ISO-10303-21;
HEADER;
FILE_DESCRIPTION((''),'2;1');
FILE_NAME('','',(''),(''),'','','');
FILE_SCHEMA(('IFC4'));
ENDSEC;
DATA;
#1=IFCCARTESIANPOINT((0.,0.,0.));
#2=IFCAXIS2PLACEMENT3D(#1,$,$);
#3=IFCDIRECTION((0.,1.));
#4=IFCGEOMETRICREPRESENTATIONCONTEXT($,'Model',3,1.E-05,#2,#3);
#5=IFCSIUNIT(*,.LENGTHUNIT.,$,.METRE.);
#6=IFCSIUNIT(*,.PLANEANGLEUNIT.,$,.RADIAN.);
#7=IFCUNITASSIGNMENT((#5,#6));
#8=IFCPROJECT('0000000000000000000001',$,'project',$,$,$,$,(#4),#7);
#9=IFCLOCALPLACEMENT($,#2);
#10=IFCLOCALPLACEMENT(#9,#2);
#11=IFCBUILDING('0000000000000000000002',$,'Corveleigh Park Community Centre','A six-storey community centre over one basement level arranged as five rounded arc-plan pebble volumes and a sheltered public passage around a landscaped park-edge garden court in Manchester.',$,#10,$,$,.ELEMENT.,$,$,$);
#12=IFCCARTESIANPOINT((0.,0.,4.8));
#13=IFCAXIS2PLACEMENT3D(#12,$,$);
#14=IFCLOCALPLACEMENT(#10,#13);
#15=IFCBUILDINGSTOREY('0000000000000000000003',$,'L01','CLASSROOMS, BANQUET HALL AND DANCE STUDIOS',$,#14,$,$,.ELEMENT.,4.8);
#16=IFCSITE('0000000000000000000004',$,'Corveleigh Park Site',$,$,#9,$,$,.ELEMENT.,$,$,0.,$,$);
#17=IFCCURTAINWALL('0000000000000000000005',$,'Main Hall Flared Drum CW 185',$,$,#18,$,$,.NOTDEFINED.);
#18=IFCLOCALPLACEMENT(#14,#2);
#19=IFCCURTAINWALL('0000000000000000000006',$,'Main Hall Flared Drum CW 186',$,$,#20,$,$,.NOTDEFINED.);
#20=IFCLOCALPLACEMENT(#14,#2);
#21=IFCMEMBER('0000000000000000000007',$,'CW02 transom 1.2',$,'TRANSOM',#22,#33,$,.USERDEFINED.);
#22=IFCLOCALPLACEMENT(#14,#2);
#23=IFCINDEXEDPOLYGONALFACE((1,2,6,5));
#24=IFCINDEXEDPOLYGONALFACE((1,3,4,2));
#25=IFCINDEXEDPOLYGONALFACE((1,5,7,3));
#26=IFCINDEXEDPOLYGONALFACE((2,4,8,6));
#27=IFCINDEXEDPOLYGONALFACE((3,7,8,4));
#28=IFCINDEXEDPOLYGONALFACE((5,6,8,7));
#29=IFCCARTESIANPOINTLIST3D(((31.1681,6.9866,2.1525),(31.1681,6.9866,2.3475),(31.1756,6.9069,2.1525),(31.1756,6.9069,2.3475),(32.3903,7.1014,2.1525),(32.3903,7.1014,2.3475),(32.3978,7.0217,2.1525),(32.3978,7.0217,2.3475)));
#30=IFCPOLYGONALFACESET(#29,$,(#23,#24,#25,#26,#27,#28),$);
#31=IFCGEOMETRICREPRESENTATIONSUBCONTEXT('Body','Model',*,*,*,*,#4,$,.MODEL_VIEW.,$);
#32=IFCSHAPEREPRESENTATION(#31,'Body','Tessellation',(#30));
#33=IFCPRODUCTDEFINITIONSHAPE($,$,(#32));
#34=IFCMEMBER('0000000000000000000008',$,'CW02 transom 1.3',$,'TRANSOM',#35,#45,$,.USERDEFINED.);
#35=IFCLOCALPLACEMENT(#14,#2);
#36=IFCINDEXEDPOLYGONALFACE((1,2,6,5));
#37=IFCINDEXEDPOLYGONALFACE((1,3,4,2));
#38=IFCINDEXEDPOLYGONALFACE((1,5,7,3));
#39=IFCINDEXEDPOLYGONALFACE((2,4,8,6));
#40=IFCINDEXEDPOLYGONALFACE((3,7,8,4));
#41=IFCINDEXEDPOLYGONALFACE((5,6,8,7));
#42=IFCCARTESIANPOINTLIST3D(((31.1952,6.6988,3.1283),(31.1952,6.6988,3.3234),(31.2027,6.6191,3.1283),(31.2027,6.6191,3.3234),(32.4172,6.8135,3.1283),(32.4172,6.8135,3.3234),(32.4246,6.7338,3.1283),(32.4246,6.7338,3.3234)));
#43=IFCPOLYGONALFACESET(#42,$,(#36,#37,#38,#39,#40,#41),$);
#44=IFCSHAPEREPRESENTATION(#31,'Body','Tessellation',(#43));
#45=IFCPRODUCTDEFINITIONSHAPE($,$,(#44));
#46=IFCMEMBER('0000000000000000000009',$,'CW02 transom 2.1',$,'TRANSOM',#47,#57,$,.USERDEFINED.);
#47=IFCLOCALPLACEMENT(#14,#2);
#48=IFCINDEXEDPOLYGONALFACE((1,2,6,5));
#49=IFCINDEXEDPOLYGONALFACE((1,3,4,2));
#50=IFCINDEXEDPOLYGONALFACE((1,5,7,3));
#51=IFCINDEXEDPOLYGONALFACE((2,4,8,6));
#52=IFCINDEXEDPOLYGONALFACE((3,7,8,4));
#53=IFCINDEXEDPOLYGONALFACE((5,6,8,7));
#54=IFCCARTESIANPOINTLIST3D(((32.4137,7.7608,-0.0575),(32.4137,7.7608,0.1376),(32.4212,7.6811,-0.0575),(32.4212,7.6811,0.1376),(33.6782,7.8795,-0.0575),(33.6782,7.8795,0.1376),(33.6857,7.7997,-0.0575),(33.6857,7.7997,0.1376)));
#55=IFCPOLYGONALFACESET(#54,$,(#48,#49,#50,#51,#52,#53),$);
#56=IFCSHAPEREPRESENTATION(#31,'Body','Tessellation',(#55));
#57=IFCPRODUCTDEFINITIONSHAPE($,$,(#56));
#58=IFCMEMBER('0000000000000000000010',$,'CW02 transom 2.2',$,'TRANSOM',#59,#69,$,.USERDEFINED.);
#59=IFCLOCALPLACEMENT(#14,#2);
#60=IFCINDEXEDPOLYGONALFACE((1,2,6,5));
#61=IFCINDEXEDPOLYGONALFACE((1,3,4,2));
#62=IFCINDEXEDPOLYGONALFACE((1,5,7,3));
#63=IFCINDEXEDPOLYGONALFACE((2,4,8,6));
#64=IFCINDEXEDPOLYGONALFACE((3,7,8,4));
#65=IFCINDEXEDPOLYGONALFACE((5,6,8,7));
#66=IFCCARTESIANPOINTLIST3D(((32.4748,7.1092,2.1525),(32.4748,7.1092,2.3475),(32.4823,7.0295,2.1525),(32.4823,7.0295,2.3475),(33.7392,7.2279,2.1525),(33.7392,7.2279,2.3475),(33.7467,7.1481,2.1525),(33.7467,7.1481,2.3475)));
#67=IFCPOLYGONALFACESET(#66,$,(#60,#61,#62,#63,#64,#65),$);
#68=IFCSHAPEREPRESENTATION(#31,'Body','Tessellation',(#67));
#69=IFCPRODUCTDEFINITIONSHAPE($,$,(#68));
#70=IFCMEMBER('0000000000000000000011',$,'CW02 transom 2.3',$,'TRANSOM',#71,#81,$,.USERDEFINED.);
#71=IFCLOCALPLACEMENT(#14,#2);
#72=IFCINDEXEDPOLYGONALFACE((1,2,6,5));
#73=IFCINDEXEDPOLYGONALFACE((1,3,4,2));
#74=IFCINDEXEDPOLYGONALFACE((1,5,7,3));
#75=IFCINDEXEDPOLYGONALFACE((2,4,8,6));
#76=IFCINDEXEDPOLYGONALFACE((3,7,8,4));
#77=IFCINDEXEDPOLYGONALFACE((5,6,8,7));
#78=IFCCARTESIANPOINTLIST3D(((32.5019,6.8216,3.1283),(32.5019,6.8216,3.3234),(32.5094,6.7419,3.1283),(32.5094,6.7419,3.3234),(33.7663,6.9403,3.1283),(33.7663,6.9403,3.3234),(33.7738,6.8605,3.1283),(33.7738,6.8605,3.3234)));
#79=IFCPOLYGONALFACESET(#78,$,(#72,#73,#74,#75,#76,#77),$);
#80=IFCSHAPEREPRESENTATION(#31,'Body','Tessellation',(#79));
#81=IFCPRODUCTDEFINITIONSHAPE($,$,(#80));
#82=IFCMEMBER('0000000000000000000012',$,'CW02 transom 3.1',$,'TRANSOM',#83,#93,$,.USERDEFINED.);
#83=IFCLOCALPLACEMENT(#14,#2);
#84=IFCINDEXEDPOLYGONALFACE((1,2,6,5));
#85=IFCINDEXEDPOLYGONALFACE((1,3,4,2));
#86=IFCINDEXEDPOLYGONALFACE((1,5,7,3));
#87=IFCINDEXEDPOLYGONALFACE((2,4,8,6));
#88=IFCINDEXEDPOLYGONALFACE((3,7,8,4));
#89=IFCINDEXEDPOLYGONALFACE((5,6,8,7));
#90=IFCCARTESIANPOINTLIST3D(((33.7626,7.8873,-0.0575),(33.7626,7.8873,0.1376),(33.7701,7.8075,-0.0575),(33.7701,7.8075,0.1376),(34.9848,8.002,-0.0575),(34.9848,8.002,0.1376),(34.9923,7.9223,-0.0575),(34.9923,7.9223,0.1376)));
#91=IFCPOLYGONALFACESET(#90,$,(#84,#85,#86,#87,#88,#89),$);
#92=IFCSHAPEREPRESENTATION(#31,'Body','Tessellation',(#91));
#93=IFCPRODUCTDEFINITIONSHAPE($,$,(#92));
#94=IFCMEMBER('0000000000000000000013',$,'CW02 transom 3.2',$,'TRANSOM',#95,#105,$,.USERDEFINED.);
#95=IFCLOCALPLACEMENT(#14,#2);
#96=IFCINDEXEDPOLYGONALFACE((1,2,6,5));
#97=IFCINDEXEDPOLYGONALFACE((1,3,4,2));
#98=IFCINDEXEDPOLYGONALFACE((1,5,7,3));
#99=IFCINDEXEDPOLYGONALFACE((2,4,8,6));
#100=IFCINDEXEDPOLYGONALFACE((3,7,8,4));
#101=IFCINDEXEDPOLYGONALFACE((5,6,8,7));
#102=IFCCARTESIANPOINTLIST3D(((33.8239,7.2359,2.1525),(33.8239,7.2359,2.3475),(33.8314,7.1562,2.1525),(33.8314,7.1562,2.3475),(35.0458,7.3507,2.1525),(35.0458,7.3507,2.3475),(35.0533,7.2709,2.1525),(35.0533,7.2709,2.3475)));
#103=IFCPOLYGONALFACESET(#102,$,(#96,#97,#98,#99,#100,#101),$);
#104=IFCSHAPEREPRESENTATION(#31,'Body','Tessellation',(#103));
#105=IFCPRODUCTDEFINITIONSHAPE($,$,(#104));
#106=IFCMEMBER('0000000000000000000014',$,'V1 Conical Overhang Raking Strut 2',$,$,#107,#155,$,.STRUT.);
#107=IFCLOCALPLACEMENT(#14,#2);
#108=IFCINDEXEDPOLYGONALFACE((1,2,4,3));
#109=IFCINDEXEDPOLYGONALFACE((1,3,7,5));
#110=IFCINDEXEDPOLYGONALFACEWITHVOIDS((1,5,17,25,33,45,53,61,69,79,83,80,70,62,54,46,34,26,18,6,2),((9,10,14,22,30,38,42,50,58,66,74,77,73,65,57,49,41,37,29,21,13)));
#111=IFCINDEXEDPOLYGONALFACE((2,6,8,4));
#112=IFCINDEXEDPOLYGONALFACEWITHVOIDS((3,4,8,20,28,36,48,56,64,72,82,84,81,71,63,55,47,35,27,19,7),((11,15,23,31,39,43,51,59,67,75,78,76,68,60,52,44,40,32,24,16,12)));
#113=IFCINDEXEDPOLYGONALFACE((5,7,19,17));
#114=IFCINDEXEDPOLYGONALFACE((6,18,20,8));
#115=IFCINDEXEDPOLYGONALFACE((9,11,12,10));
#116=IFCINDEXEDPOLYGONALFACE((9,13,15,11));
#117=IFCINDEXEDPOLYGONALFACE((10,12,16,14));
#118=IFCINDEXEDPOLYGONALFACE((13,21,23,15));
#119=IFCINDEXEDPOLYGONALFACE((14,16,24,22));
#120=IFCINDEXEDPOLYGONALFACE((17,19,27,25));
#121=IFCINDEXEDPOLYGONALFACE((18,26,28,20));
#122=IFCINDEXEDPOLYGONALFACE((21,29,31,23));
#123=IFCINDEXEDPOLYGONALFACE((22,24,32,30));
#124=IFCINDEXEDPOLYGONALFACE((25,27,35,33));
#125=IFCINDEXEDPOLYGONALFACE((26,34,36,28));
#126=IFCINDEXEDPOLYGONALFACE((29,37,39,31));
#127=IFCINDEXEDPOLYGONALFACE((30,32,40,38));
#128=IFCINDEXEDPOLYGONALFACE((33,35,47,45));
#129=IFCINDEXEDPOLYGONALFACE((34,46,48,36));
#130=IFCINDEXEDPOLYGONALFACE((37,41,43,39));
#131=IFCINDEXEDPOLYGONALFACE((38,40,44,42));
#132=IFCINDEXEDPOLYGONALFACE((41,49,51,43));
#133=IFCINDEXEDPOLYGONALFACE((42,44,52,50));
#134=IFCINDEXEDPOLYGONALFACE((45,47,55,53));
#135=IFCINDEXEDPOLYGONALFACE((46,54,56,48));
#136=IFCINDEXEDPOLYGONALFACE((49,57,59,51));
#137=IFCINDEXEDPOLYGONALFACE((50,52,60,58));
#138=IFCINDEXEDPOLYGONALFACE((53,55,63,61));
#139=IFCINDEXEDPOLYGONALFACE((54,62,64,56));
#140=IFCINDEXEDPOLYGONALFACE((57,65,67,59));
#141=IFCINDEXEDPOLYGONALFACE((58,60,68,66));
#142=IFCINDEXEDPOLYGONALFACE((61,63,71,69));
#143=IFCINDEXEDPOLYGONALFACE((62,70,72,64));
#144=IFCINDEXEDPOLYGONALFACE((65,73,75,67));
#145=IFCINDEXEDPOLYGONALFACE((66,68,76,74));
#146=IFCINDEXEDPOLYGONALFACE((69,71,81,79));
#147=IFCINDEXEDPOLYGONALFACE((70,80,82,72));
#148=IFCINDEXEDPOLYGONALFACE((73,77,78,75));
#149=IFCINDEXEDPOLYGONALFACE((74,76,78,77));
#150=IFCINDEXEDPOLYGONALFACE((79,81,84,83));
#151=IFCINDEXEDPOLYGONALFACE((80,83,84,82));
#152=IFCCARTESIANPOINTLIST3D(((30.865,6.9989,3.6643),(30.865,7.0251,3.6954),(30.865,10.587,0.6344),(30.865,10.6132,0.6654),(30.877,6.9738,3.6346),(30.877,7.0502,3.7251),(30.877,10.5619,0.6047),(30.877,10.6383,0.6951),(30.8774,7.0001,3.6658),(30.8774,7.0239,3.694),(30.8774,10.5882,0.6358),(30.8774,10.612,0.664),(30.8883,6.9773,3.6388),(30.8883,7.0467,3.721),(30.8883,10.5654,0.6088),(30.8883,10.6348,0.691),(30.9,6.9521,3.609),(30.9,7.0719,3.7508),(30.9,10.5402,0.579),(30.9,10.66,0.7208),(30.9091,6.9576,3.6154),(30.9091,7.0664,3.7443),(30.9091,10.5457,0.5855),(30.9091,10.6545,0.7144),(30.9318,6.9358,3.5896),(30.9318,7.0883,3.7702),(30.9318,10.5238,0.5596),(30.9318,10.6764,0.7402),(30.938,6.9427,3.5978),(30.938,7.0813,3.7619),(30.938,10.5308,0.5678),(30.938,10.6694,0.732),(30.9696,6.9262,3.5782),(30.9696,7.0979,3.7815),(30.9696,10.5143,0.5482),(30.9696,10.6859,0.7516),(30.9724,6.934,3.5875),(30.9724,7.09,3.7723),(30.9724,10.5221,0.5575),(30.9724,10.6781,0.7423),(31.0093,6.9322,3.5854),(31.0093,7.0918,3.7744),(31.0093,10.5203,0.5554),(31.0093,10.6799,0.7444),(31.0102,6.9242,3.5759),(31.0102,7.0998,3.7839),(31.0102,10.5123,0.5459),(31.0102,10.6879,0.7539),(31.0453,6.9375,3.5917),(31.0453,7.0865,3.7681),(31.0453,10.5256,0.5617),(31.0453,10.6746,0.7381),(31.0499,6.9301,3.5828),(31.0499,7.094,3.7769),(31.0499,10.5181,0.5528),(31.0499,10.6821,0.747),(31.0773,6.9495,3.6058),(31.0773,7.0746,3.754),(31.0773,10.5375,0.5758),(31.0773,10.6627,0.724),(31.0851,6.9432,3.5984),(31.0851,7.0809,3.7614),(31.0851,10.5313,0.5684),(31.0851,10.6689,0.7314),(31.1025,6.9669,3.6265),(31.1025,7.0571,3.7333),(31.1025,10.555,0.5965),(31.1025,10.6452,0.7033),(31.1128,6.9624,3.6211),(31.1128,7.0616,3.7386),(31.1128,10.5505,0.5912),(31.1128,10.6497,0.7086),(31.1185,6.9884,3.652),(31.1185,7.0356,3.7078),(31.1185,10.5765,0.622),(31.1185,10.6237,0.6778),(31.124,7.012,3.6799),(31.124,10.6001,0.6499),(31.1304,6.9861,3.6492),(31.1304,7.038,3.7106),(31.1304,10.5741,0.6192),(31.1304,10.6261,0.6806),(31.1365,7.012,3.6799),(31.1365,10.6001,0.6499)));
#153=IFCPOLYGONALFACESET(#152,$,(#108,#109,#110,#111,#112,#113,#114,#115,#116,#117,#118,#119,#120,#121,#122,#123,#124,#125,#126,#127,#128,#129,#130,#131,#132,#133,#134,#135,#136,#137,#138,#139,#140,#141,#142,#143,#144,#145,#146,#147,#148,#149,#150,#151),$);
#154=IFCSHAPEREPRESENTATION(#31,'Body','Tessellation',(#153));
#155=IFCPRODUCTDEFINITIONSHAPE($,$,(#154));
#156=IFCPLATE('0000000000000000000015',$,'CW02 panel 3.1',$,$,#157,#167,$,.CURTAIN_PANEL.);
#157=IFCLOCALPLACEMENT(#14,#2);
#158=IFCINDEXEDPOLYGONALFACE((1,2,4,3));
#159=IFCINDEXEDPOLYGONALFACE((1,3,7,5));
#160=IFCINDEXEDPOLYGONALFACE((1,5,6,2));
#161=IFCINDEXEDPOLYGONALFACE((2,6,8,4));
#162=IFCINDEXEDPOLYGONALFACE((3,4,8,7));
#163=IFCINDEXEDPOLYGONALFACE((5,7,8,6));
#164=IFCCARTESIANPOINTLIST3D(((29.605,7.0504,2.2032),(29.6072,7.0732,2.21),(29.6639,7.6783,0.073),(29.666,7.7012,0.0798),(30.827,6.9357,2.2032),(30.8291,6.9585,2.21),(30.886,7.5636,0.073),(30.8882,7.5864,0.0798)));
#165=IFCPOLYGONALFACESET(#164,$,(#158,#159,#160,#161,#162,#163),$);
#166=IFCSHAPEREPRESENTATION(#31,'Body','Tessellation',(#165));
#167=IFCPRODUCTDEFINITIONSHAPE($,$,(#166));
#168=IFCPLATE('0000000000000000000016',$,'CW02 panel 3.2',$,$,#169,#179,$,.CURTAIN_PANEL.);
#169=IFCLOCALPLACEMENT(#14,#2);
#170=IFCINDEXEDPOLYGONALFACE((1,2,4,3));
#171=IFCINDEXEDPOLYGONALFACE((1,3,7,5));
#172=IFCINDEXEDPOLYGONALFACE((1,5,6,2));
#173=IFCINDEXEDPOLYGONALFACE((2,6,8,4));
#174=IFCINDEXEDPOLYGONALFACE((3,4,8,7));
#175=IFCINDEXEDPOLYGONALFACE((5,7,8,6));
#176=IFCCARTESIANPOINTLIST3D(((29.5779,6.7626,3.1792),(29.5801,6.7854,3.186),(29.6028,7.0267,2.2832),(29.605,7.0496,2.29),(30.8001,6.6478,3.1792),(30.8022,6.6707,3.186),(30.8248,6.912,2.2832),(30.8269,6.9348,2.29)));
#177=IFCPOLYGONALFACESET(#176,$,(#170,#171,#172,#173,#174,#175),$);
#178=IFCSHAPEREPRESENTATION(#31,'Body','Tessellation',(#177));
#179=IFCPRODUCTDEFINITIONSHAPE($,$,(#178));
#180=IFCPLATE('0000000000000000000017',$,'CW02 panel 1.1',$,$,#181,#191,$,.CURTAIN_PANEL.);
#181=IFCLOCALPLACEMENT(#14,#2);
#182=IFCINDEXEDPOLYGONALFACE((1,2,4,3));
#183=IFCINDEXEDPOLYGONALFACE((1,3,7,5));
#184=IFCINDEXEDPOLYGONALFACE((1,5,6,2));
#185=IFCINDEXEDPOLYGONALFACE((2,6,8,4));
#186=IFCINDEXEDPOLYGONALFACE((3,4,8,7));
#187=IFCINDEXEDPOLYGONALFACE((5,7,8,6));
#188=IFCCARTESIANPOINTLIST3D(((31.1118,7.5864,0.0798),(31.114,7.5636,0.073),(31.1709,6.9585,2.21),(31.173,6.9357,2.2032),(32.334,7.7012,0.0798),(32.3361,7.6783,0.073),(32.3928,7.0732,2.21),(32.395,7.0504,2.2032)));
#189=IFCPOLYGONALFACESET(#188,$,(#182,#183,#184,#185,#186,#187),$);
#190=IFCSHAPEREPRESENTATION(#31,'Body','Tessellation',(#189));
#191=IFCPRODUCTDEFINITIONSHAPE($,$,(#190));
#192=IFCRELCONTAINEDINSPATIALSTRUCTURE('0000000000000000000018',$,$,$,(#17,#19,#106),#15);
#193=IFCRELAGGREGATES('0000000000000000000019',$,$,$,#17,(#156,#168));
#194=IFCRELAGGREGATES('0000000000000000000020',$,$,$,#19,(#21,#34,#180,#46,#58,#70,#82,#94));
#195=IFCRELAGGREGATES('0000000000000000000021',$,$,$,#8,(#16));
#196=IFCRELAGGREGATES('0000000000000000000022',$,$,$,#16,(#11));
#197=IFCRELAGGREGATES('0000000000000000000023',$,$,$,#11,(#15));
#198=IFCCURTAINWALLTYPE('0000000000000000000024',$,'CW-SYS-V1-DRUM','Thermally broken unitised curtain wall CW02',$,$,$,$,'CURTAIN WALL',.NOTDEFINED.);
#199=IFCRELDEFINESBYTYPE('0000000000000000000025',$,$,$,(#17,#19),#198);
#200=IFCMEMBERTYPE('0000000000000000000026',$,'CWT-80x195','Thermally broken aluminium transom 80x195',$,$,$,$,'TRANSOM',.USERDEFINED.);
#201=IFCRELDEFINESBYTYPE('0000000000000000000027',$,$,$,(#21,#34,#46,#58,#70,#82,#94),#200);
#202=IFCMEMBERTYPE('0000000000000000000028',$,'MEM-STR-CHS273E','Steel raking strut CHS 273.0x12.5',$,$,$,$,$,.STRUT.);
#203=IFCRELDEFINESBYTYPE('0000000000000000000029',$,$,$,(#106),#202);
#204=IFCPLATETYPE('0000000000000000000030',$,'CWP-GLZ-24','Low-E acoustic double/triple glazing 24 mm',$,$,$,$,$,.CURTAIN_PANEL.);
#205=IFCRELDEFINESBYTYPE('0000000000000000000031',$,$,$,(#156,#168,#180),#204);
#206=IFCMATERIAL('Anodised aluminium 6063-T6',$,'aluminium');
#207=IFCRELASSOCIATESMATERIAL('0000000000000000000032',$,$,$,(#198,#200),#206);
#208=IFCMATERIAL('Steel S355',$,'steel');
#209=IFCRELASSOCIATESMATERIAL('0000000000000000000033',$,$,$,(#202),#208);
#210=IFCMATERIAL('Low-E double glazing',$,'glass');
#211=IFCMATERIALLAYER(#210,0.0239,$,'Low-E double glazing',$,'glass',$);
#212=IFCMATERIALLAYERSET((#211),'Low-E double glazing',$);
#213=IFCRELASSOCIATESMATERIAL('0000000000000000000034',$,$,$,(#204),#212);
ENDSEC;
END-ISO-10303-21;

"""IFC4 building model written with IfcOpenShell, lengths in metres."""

from ifc_helpers import new_model, si_unit, direction, frame, origin, origin_2d, place, context, subcontext, project, spatial, polyline, rectangle, hollow_circle, outline, extrude, material, layer, layer_set, material_profile, profile_set, type_object, element, aggregate, save


model = new_model("IFC4")

# Units and contexts
model_context = context("Model", 3, precision=1e-05, world=origin(), true_north=direction((0.0, 1.0)))
body_context = subcontext(model_context, "Body", "Model", "MODEL_VIEW")
ifc_project = project(units=[si_unit("LENGTHUNIT", "METRE"), si_unit("PLANEANGLEUNIT", "RADIAN")], contexts=[model_context])

# Site, building, storey
site_placement = place(None, origin())
site = spatial("IfcSite", under=ifc_project, at=site_placement, Name="Corveleigh Park Site", CompositionType="ELEMENT", RefElevation=0.0)
building_placement = place(site_placement, origin())
building = spatial("IfcBuilding", under=site, at=building_placement, Name="Corveleigh Park Community Centre", Description="A six-storey community centre over one basement level arranged as five rounded arc-plan pebble volumes and a sheltered public passage around a landscaped park-edge garden court in Manchester.", CompositionType="ELEMENT")
storey_placement = place(building_placement, frame((0.0, 0.0, 4.8)))
storey = spatial("IfcBuildingStorey", under=building, at=storey_placement, Name="L01", Description="CLASSROOMS, BANQUET HALL AND DANCE STUDIOS", CompositionType="ELEMENT", Elevation=4.8)

# Shared definitions
ifc_material_1 = material(Name="Steel S355", Category="steel")

# Curtain walls
ifc_material_2 = material(Name="Anodised aluminium 6063-T6", Category="aluminium")
curtain_wall_type = type_object("IfcCurtainWallType", Name="CW-SYS-V1-DRUM", Description="Thermally broken unitised curtain wall CW02", ElementType="CURTAIN WALL", PredefinedType="NOTDEFINED", material=ifc_material_2)
curtain_wall_1_placement = place(storey_placement, origin())
curtain_wall_1 = element("IfcCurtainWall", 1, at=curtain_wall_1_placement, inside=storey, type_object=curtain_wall_type, Name="Main Hall Flared Drum CW 185", PredefinedType="NOTDEFINED")
curtain_wall_2_placement = place(storey_placement, origin())
curtain_wall_2 = element("IfcCurtainWall", 2, at=curtain_wall_2_placement, inside=storey, type_object=curtain_wall_type, Name="Main Hall Flared Drum CW 186", PredefinedType="NOTDEFINED")

# Members
ifc_material_profile_1 = material_profile(ifc_material_2, rectangle(XDim=0.0801, YDim=0.1951, at=origin_2d()), Name="ALU-T80x195", Category="aluminium")
ifc_profile_set_1 = profile_set([ifc_material_profile_1], Name="Anodised aluminium 6063-T6")
member_type_1 = type_object("IfcMemberType", Name="CWT-80x195", Description="Thermally broken aluminium transom 80x195", ElementType="TRANSOM", PredefinedType="USERDEFINED", material=ifc_profile_set_1)
member_1_placement = place(storey_placement, frame((31.1719, 6.9468, 2.25), z_axis=(0.995622, 0.093476, 0.0), x_axis=(-0.093476, 0.995622, 0.0)))
member_1 = element("IfcMember", 3, at=member_1_placement, type_object=member_type_1, Name="CW02 transom 1.2", ObjectType="TRANSOM", PredefinedType="USERDEFINED", context=body_context, shape_type="SweptSolid", body=[
    extrude(rectangle(XDim=0.0801, YDim=0.1951, at=origin_2d()), origin(), (0.0, 0.0, 1.0), 1.2275),
])
member_2_placement = place(storey_placement, frame((31.199, 6.6589, 3.2258), z_axis=(0.99562, 0.093495, 0.0), x_axis=(-0.093495, 0.99562, 0.0)))
member_2 = element("IfcMember", 4, at=member_2_placement, type_object=member_type_1, Name="CW02 transom 1.3", ObjectType="TRANSOM", PredefinedType="USERDEFINED", context=body_context, shape_type="SweptSolid", body=[
    extrude(rectangle(XDim=0.0801, YDim=0.1951, at=origin_2d()), origin(), (0.0, 0.0, 1.0), 1.2273),
])
member_3_placement = place(storey_placement, frame((32.4175, 7.7209, 0.04), z_axis=(0.995626, 0.09343, 0.0), x_axis=(-0.09343, 0.995626, 0.0)))
member_3 = element("IfcMember", 5, at=member_3_placement, type_object=member_type_1, Name="CW02 transom 2.1", ObjectType="TRANSOM", PredefinedType="USERDEFINED", context=body_context, shape_type="SweptSolid", body=[
    extrude(rectangle(XDim=0.0801, YDim=0.1951, at=origin_2d()), origin(), (0.0, 0.0, 1.0), 1.27),
])
member_4_placement = place(storey_placement, frame((32.4785, 7.0693, 2.25), z_axis=(0.995626, 0.09343, 0.0), x_axis=(-0.09343, 0.995626, 0.0)))
member_4 = element("IfcMember", 6, at=member_4_placement, type_object=member_type_1, Name="CW02 transom 2.2", ObjectType="TRANSOM", PredefinedType="USERDEFINED", context=body_context, shape_type="SweptSolid", body=[
    extrude(rectangle(XDim=0.0801, YDim=0.1951, at=origin_2d()), origin(), (0.0, 0.0, 1.0), 1.27),
])
member_5_placement = place(storey_placement, frame((32.5056, 6.7817, 3.2258), z_axis=(0.995626, 0.09343, 0.0), x_axis=(-0.09343, 0.995626, 0.0)))
member_5 = element("IfcMember", 7, at=member_5_placement, type_object=member_type_1, Name="CW02 transom 2.3", ObjectType="TRANSOM", PredefinedType="USERDEFINED", context=body_context, shape_type="SweptSolid", body=[
    extrude(rectangle(XDim=0.0801, YDim=0.1951, at=origin_2d()), origin(), (0.0, 0.0, 1.0), 1.27),
])
member_6_placement = place(storey_placement, frame((33.7664, 7.8474, 0.04), z_axis=(0.995622, 0.093476, 0.0), x_axis=(-0.093476, 0.995622, 0.0)))
member_6 = element("IfcMember", 8, at=member_6_placement, type_object=member_type_1, Name="CW02 transom 3.1", ObjectType="TRANSOM", PredefinedType="USERDEFINED", context=body_context, shape_type="SweptSolid", body=[
    extrude(rectangle(XDim=0.0801, YDim=0.1951, at=origin_2d()), origin(), (0.0, 0.0, 1.0), 1.2275),
])
member_7_placement = place(storey_placement, frame((33.8276, 7.196, 2.25), z_axis=(0.99562, 0.093495, 0.0), x_axis=(-0.093495, 0.99562, 0.0)))
member_7 = element("IfcMember", 9, at=member_7_placement, type_object=member_type_1, Name="CW02 transom 3.2", ObjectType="TRANSOM", PredefinedType="USERDEFINED", context=body_context, shape_type="SweptSolid", body=[
    extrude(rectangle(XDim=0.0801, YDim=0.1951, at=origin_2d()), origin(), (0.0, 0.0, 1.0), 1.2273),
])
ifc_material_profile_2 = material_profile(ifc_material_1, hollow_circle(Radius=0.1365, WallThickness=0.0125, at=origin_2d()), Name="CHS 273.0x12.5", Category="steel")
ifc_profile_set_2 = profile_set([ifc_material_profile_2], Name="Steel S355")
member_type_2 = type_object("IfcMemberType", Name="MEM-STR-CHS273E", Description="Steel raking strut CHS 273.0x12.5", PredefinedType="STRUT", material=ifc_profile_set_2)
member_8_placement = place(storey_placement, frame((31.0, 10.6001, 0.6499), z_axis=(0.0, -0.764025, 0.645187), x_axis=(1.0, 0.0, 0.0)))
element("IfcMember", 10, at=member_8_placement, inside=storey, type_object=member_type_2, Name="V1 Conical Overhang Raking Strut 2", PredefinedType="STRUT", context=body_context, shape_type="SweptSolid", body=[
    extrude(hollow_circle(Radius=0.1365, WallThickness=0.0125, at=origin_2d()), origin(), (0.0, 0.0, 1.0), 4.6963),
])

# Plates
ifc_material_3 = material(Name="Low-E double glazing", Category="glass")
ifc_layer_1 = layer(ifc_material_3, 0.0239, Name="Low-E double glazing", Category="glass")
ifc_layer_set_1 = layer_set([ifc_layer_1], Name="Low-E double glazing")
plate_type_1 = type_object("IfcPlateType", Name="CWP-GLZ-24", Description="Low-E acoustic double/triple glazing 24 mm", PredefinedType="CURTAIN_PANEL", material=ifc_layer_set_1)
plate_1_placement = place(storey_placement, frame((29.666, 7.7012, 0.0798), z_axis=(0.089639, 0.954655, 0.283899), x_axis=(0.995621, -0.093485, -0.000003)))
plate_1 = element("IfcPlate", 11, at=plate_1_placement, type_object=plate_type_1, Name="CW02 panel 3.1", PredefinedType="CURTAIN_PANEL", context=body_context, shape_type="SweptSolid", body=[
    extrude(outline(polyline([(0.0, 0.0), (1.2275, 0.0), (1.2274, -2.2215), (0.0001, -2.2215), (0.0, 0.0)])), origin(), (0.0, 0.0, -1.0), 0.0239),
])
plate_2_placement = place(storey_placement, frame((29.605, 7.0496, 2.29), z_axis=(0.089638, 0.954646, 0.283931), x_axis=(0.995621, -0.093486, 0.000003)))
plate_2 = element("IfcPlate", 12, at=plate_2_placement, type_object=plate_type_1, Name="CW02 panel 3.2", PredefinedType="CURTAIN_PANEL", context=body_context, shape_type="SweptSolid", body=[
    extrude(outline(polyline([(0.0, 0.0), (1.2273, 0.0), (1.2274, -0.9345), (-0.0001, -0.9345), (0.0, 0.0)])), origin(), (0.0, 0.0, -1.0), 0.0239),
])
aggregate(curtain_wall_1, [plate_1, plate_2])
plate_3_placement = place(storey_placement, frame((31.1118, 7.5864, 0.0798), z_axis=(-0.089639, 0.954655, 0.283899), x_axis=(0.995621, 0.093485, 0.000003)))
plate_3 = element("IfcPlate", 13, at=plate_3_placement, type_object=plate_type_1, Name="CW02 panel 1.1", PredefinedType="CURTAIN_PANEL", context=body_context, shape_type="SweptSolid", body=[
    extrude(outline(polyline([(0.0, 0.0), (1.2275, 0.0), (1.2274, -2.2215), (0.0001, -2.2215), (0.0, 0.0)])), origin(), (0.0, 0.0, -1.0), 0.0239),
])
aggregate(curtain_wall_2, [member_1, member_2, plate_3, member_3, member_4, member_5, member_6, member_7])

save(model, "model.ifc")
